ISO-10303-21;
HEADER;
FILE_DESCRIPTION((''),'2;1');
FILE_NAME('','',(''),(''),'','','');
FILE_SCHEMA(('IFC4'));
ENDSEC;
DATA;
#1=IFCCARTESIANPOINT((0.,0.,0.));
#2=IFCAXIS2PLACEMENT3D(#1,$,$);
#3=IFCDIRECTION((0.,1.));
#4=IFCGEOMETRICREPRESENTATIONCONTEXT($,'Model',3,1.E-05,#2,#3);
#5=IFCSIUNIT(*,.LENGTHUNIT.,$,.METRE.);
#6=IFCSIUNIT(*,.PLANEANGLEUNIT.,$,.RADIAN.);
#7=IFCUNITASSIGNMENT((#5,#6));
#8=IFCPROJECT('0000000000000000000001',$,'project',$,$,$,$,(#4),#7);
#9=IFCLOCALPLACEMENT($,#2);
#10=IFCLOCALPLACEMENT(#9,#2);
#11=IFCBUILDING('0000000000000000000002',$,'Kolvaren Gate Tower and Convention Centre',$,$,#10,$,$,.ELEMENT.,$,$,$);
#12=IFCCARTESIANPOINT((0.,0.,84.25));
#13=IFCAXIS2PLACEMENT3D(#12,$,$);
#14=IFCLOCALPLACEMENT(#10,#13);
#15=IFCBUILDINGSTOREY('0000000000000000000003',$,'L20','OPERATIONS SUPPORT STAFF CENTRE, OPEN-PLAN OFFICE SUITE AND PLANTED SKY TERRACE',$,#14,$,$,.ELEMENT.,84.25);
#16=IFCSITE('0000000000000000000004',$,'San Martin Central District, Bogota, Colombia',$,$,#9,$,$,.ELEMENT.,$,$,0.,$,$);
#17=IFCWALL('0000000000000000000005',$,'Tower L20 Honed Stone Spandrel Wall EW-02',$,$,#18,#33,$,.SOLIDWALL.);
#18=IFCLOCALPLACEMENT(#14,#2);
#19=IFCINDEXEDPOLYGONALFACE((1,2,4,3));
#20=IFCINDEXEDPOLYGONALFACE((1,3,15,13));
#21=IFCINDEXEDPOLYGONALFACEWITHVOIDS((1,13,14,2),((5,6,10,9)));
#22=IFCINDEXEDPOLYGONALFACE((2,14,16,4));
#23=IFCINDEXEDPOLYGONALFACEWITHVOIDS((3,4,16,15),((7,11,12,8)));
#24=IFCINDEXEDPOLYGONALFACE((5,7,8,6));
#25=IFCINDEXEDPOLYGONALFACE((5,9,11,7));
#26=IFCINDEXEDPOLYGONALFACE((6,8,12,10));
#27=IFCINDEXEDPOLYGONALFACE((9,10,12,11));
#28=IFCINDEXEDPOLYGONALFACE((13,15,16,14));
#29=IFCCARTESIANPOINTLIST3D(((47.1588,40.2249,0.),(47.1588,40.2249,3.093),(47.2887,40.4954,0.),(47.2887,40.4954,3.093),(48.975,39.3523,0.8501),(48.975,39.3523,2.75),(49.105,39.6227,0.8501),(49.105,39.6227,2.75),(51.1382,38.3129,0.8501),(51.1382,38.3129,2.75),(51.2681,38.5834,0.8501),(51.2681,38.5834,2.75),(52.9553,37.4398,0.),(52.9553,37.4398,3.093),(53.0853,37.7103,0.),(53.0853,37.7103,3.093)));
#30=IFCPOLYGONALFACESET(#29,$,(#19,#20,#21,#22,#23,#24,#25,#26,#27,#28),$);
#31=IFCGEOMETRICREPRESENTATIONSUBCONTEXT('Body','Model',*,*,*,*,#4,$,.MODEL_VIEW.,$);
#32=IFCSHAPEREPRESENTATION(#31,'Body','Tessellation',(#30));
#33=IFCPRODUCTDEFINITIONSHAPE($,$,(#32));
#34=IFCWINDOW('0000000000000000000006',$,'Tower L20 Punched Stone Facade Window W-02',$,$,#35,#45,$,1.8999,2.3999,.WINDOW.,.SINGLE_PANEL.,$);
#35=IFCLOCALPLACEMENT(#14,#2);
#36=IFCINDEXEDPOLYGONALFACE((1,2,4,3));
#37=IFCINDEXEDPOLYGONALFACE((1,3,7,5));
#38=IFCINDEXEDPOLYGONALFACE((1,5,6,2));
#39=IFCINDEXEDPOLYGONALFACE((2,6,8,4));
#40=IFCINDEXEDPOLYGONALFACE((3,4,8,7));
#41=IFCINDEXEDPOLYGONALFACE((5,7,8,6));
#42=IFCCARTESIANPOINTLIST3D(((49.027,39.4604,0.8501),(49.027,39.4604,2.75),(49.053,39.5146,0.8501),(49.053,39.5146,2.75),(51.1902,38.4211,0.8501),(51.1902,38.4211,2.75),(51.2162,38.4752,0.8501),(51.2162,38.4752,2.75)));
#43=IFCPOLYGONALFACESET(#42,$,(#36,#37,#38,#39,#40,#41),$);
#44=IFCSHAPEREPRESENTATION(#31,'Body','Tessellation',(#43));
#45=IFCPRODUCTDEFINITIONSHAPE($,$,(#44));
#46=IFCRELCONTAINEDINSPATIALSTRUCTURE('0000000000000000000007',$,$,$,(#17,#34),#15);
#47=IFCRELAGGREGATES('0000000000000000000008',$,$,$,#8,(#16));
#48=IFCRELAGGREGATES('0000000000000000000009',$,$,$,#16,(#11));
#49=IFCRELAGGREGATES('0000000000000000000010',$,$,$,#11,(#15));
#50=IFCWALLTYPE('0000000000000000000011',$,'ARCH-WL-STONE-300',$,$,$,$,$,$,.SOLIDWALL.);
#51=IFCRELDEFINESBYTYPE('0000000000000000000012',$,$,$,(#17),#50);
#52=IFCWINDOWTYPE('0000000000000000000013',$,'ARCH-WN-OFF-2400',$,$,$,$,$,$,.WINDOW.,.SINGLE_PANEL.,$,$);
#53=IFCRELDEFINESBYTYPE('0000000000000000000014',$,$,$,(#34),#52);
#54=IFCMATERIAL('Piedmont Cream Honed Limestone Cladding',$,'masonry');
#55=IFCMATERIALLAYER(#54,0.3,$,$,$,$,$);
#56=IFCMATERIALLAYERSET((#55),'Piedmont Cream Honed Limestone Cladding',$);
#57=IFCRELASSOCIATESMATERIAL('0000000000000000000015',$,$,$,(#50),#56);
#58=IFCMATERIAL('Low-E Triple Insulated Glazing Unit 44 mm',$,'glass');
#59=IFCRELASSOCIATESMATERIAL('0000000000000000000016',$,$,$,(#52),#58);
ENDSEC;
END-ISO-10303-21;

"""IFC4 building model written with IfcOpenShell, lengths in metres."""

from ifc_helpers import new_model, si_unit, direction, frame, frame_2d, origin, place, context, subcontext, project, spatial, rectangle, extrude, material, layer, layer_set, type_object, element, fill, save


model = new_model("IFC4")

# Units and contexts
model_context = context("Model", 3, precision=1e-05, world=origin(), true_north=direction((0.0, 1.0)))
body_context = subcontext(model_context, "Body", "Model", "MODEL_VIEW")
ifc_project = project(units=[si_unit("LENGTHUNIT", "METRE"), si_unit("PLANEANGLEUNIT", "RADIAN")], contexts=[model_context])

# Site, building, storey
site_placement = place(None, origin())
site = spatial("IfcSite", under=ifc_project, at=site_placement, Name="San Martin Central District, Bogota, Colombia", CompositionType="ELEMENT", RefElevation=0.0)
building_placement = place(site_placement, origin())
building = spatial("IfcBuilding", under=site, at=building_placement, Name="Kolvaren Gate Tower and Convention Centre", CompositionType="ELEMENT")
storey_placement = place(building_placement, frame((0.0, 0.0, 84.25)))
storey = spatial("IfcBuildingStorey", under=building, at=storey_placement, Name="L20", Description="OPERATIONS SUPPORT STAFF CENTRE, OPEN-PLAN OFFICE SUITE AND PLANTED SKY TERRACE", CompositionType="ELEMENT", Elevation=84.25)

# Shared definitions
ifc_material_1 = material(Name="Low-E Triple Insulated Glazing Unit 44 mm", Category="glass")

# Shared definitions
ifc_material_2 = material(Name="Piedmont Cream Honed Limestone Cladding", Category="masonry")

# Shared definitions
ifc_layer_1 = layer(ifc_material_2, 0.3)
ifc_layer_set_1 = layer_set([ifc_layer_1], Name="Piedmont Cream Honed Limestone Cladding")
wall_type_1 = type_object("IfcWallType", Name="ARCH-WL-STONE-300", PredefinedType="SOLIDWALL", material=ifc_layer_set_1)
window_type = type_object("IfcWindowType", Name="ARCH-WN-OFF-2400", PartitioningType="SINGLE_PANEL", PredefinedType="WINDOW", material=ifc_material_1)

# Wall, opening, window
wall_1_placement = place(storey_placement, frame((47.2239, 40.3601, 0.0), z_axis=(0.0, 0.0, 1.0), x_axis=(0.901355, -0.433082, 0.0)))
wall_1 = element("IfcWall", 1, at=wall_1_placement, inside=storey, type_object=wall_type_1, Name="Tower L20 Honed Stone Spandrel Wall EW-02", PredefinedType="SOLIDWALL", context=body_context, shape_type="SweptSolid", body=[
    extrude(rectangle(XDim=6.4309, YDim=0.3, at=frame_2d((3.2153, 0.0))), origin(), (0.0, 0.0, 1.0), 3.093),
])
opening_1_placement = place(wall_1_placement, frame((2.0149, 0.0, 0.8501)))
opening_1 = element("IfcOpeningElement", 2, at=opening_1_placement, cuts=wall_1, PredefinedType="OPENING", context=body_context, shape_type="SweptSolid", body=[
    extrude(rectangle(XDim=2.3999, YDim=1.8999, at=frame_2d((1.2, 0.95))), frame((0.0, 0.1599, 0.0), z_axis=(0.0, -1.0, 0.0), x_axis=(1.0, 0.0, 0.0)), (0.0, 0.0, 1.0), 0.3201),
])
window_1_placement = place(opening_1_placement, origin())
window_1 = element("IfcWindow", 3, at=window_1_placement, inside=storey, type_object=window_type, Name="Tower L20 Punched Stone Facade Window W-02", OverallHeight=1.8999, OverallWidth=2.3999, PartitioningType="SINGLE_PANEL", PredefinedType="WINDOW", context=body_context, shape_type="SweptSolid", body=[
    extrude(rectangle(XDim=2.3999, YDim=1.8999, at=frame_2d((1.2, 0.95))), frame((0.0, 0.03, 0.0), z_axis=(0.0, -1.0, 0.0), x_axis=(1.0, 0.0, 0.0)), (0.0, 0.0, 1.0), 0.0601),
])
fill(opening_1, window_1)

save(model, "model.ifc")
